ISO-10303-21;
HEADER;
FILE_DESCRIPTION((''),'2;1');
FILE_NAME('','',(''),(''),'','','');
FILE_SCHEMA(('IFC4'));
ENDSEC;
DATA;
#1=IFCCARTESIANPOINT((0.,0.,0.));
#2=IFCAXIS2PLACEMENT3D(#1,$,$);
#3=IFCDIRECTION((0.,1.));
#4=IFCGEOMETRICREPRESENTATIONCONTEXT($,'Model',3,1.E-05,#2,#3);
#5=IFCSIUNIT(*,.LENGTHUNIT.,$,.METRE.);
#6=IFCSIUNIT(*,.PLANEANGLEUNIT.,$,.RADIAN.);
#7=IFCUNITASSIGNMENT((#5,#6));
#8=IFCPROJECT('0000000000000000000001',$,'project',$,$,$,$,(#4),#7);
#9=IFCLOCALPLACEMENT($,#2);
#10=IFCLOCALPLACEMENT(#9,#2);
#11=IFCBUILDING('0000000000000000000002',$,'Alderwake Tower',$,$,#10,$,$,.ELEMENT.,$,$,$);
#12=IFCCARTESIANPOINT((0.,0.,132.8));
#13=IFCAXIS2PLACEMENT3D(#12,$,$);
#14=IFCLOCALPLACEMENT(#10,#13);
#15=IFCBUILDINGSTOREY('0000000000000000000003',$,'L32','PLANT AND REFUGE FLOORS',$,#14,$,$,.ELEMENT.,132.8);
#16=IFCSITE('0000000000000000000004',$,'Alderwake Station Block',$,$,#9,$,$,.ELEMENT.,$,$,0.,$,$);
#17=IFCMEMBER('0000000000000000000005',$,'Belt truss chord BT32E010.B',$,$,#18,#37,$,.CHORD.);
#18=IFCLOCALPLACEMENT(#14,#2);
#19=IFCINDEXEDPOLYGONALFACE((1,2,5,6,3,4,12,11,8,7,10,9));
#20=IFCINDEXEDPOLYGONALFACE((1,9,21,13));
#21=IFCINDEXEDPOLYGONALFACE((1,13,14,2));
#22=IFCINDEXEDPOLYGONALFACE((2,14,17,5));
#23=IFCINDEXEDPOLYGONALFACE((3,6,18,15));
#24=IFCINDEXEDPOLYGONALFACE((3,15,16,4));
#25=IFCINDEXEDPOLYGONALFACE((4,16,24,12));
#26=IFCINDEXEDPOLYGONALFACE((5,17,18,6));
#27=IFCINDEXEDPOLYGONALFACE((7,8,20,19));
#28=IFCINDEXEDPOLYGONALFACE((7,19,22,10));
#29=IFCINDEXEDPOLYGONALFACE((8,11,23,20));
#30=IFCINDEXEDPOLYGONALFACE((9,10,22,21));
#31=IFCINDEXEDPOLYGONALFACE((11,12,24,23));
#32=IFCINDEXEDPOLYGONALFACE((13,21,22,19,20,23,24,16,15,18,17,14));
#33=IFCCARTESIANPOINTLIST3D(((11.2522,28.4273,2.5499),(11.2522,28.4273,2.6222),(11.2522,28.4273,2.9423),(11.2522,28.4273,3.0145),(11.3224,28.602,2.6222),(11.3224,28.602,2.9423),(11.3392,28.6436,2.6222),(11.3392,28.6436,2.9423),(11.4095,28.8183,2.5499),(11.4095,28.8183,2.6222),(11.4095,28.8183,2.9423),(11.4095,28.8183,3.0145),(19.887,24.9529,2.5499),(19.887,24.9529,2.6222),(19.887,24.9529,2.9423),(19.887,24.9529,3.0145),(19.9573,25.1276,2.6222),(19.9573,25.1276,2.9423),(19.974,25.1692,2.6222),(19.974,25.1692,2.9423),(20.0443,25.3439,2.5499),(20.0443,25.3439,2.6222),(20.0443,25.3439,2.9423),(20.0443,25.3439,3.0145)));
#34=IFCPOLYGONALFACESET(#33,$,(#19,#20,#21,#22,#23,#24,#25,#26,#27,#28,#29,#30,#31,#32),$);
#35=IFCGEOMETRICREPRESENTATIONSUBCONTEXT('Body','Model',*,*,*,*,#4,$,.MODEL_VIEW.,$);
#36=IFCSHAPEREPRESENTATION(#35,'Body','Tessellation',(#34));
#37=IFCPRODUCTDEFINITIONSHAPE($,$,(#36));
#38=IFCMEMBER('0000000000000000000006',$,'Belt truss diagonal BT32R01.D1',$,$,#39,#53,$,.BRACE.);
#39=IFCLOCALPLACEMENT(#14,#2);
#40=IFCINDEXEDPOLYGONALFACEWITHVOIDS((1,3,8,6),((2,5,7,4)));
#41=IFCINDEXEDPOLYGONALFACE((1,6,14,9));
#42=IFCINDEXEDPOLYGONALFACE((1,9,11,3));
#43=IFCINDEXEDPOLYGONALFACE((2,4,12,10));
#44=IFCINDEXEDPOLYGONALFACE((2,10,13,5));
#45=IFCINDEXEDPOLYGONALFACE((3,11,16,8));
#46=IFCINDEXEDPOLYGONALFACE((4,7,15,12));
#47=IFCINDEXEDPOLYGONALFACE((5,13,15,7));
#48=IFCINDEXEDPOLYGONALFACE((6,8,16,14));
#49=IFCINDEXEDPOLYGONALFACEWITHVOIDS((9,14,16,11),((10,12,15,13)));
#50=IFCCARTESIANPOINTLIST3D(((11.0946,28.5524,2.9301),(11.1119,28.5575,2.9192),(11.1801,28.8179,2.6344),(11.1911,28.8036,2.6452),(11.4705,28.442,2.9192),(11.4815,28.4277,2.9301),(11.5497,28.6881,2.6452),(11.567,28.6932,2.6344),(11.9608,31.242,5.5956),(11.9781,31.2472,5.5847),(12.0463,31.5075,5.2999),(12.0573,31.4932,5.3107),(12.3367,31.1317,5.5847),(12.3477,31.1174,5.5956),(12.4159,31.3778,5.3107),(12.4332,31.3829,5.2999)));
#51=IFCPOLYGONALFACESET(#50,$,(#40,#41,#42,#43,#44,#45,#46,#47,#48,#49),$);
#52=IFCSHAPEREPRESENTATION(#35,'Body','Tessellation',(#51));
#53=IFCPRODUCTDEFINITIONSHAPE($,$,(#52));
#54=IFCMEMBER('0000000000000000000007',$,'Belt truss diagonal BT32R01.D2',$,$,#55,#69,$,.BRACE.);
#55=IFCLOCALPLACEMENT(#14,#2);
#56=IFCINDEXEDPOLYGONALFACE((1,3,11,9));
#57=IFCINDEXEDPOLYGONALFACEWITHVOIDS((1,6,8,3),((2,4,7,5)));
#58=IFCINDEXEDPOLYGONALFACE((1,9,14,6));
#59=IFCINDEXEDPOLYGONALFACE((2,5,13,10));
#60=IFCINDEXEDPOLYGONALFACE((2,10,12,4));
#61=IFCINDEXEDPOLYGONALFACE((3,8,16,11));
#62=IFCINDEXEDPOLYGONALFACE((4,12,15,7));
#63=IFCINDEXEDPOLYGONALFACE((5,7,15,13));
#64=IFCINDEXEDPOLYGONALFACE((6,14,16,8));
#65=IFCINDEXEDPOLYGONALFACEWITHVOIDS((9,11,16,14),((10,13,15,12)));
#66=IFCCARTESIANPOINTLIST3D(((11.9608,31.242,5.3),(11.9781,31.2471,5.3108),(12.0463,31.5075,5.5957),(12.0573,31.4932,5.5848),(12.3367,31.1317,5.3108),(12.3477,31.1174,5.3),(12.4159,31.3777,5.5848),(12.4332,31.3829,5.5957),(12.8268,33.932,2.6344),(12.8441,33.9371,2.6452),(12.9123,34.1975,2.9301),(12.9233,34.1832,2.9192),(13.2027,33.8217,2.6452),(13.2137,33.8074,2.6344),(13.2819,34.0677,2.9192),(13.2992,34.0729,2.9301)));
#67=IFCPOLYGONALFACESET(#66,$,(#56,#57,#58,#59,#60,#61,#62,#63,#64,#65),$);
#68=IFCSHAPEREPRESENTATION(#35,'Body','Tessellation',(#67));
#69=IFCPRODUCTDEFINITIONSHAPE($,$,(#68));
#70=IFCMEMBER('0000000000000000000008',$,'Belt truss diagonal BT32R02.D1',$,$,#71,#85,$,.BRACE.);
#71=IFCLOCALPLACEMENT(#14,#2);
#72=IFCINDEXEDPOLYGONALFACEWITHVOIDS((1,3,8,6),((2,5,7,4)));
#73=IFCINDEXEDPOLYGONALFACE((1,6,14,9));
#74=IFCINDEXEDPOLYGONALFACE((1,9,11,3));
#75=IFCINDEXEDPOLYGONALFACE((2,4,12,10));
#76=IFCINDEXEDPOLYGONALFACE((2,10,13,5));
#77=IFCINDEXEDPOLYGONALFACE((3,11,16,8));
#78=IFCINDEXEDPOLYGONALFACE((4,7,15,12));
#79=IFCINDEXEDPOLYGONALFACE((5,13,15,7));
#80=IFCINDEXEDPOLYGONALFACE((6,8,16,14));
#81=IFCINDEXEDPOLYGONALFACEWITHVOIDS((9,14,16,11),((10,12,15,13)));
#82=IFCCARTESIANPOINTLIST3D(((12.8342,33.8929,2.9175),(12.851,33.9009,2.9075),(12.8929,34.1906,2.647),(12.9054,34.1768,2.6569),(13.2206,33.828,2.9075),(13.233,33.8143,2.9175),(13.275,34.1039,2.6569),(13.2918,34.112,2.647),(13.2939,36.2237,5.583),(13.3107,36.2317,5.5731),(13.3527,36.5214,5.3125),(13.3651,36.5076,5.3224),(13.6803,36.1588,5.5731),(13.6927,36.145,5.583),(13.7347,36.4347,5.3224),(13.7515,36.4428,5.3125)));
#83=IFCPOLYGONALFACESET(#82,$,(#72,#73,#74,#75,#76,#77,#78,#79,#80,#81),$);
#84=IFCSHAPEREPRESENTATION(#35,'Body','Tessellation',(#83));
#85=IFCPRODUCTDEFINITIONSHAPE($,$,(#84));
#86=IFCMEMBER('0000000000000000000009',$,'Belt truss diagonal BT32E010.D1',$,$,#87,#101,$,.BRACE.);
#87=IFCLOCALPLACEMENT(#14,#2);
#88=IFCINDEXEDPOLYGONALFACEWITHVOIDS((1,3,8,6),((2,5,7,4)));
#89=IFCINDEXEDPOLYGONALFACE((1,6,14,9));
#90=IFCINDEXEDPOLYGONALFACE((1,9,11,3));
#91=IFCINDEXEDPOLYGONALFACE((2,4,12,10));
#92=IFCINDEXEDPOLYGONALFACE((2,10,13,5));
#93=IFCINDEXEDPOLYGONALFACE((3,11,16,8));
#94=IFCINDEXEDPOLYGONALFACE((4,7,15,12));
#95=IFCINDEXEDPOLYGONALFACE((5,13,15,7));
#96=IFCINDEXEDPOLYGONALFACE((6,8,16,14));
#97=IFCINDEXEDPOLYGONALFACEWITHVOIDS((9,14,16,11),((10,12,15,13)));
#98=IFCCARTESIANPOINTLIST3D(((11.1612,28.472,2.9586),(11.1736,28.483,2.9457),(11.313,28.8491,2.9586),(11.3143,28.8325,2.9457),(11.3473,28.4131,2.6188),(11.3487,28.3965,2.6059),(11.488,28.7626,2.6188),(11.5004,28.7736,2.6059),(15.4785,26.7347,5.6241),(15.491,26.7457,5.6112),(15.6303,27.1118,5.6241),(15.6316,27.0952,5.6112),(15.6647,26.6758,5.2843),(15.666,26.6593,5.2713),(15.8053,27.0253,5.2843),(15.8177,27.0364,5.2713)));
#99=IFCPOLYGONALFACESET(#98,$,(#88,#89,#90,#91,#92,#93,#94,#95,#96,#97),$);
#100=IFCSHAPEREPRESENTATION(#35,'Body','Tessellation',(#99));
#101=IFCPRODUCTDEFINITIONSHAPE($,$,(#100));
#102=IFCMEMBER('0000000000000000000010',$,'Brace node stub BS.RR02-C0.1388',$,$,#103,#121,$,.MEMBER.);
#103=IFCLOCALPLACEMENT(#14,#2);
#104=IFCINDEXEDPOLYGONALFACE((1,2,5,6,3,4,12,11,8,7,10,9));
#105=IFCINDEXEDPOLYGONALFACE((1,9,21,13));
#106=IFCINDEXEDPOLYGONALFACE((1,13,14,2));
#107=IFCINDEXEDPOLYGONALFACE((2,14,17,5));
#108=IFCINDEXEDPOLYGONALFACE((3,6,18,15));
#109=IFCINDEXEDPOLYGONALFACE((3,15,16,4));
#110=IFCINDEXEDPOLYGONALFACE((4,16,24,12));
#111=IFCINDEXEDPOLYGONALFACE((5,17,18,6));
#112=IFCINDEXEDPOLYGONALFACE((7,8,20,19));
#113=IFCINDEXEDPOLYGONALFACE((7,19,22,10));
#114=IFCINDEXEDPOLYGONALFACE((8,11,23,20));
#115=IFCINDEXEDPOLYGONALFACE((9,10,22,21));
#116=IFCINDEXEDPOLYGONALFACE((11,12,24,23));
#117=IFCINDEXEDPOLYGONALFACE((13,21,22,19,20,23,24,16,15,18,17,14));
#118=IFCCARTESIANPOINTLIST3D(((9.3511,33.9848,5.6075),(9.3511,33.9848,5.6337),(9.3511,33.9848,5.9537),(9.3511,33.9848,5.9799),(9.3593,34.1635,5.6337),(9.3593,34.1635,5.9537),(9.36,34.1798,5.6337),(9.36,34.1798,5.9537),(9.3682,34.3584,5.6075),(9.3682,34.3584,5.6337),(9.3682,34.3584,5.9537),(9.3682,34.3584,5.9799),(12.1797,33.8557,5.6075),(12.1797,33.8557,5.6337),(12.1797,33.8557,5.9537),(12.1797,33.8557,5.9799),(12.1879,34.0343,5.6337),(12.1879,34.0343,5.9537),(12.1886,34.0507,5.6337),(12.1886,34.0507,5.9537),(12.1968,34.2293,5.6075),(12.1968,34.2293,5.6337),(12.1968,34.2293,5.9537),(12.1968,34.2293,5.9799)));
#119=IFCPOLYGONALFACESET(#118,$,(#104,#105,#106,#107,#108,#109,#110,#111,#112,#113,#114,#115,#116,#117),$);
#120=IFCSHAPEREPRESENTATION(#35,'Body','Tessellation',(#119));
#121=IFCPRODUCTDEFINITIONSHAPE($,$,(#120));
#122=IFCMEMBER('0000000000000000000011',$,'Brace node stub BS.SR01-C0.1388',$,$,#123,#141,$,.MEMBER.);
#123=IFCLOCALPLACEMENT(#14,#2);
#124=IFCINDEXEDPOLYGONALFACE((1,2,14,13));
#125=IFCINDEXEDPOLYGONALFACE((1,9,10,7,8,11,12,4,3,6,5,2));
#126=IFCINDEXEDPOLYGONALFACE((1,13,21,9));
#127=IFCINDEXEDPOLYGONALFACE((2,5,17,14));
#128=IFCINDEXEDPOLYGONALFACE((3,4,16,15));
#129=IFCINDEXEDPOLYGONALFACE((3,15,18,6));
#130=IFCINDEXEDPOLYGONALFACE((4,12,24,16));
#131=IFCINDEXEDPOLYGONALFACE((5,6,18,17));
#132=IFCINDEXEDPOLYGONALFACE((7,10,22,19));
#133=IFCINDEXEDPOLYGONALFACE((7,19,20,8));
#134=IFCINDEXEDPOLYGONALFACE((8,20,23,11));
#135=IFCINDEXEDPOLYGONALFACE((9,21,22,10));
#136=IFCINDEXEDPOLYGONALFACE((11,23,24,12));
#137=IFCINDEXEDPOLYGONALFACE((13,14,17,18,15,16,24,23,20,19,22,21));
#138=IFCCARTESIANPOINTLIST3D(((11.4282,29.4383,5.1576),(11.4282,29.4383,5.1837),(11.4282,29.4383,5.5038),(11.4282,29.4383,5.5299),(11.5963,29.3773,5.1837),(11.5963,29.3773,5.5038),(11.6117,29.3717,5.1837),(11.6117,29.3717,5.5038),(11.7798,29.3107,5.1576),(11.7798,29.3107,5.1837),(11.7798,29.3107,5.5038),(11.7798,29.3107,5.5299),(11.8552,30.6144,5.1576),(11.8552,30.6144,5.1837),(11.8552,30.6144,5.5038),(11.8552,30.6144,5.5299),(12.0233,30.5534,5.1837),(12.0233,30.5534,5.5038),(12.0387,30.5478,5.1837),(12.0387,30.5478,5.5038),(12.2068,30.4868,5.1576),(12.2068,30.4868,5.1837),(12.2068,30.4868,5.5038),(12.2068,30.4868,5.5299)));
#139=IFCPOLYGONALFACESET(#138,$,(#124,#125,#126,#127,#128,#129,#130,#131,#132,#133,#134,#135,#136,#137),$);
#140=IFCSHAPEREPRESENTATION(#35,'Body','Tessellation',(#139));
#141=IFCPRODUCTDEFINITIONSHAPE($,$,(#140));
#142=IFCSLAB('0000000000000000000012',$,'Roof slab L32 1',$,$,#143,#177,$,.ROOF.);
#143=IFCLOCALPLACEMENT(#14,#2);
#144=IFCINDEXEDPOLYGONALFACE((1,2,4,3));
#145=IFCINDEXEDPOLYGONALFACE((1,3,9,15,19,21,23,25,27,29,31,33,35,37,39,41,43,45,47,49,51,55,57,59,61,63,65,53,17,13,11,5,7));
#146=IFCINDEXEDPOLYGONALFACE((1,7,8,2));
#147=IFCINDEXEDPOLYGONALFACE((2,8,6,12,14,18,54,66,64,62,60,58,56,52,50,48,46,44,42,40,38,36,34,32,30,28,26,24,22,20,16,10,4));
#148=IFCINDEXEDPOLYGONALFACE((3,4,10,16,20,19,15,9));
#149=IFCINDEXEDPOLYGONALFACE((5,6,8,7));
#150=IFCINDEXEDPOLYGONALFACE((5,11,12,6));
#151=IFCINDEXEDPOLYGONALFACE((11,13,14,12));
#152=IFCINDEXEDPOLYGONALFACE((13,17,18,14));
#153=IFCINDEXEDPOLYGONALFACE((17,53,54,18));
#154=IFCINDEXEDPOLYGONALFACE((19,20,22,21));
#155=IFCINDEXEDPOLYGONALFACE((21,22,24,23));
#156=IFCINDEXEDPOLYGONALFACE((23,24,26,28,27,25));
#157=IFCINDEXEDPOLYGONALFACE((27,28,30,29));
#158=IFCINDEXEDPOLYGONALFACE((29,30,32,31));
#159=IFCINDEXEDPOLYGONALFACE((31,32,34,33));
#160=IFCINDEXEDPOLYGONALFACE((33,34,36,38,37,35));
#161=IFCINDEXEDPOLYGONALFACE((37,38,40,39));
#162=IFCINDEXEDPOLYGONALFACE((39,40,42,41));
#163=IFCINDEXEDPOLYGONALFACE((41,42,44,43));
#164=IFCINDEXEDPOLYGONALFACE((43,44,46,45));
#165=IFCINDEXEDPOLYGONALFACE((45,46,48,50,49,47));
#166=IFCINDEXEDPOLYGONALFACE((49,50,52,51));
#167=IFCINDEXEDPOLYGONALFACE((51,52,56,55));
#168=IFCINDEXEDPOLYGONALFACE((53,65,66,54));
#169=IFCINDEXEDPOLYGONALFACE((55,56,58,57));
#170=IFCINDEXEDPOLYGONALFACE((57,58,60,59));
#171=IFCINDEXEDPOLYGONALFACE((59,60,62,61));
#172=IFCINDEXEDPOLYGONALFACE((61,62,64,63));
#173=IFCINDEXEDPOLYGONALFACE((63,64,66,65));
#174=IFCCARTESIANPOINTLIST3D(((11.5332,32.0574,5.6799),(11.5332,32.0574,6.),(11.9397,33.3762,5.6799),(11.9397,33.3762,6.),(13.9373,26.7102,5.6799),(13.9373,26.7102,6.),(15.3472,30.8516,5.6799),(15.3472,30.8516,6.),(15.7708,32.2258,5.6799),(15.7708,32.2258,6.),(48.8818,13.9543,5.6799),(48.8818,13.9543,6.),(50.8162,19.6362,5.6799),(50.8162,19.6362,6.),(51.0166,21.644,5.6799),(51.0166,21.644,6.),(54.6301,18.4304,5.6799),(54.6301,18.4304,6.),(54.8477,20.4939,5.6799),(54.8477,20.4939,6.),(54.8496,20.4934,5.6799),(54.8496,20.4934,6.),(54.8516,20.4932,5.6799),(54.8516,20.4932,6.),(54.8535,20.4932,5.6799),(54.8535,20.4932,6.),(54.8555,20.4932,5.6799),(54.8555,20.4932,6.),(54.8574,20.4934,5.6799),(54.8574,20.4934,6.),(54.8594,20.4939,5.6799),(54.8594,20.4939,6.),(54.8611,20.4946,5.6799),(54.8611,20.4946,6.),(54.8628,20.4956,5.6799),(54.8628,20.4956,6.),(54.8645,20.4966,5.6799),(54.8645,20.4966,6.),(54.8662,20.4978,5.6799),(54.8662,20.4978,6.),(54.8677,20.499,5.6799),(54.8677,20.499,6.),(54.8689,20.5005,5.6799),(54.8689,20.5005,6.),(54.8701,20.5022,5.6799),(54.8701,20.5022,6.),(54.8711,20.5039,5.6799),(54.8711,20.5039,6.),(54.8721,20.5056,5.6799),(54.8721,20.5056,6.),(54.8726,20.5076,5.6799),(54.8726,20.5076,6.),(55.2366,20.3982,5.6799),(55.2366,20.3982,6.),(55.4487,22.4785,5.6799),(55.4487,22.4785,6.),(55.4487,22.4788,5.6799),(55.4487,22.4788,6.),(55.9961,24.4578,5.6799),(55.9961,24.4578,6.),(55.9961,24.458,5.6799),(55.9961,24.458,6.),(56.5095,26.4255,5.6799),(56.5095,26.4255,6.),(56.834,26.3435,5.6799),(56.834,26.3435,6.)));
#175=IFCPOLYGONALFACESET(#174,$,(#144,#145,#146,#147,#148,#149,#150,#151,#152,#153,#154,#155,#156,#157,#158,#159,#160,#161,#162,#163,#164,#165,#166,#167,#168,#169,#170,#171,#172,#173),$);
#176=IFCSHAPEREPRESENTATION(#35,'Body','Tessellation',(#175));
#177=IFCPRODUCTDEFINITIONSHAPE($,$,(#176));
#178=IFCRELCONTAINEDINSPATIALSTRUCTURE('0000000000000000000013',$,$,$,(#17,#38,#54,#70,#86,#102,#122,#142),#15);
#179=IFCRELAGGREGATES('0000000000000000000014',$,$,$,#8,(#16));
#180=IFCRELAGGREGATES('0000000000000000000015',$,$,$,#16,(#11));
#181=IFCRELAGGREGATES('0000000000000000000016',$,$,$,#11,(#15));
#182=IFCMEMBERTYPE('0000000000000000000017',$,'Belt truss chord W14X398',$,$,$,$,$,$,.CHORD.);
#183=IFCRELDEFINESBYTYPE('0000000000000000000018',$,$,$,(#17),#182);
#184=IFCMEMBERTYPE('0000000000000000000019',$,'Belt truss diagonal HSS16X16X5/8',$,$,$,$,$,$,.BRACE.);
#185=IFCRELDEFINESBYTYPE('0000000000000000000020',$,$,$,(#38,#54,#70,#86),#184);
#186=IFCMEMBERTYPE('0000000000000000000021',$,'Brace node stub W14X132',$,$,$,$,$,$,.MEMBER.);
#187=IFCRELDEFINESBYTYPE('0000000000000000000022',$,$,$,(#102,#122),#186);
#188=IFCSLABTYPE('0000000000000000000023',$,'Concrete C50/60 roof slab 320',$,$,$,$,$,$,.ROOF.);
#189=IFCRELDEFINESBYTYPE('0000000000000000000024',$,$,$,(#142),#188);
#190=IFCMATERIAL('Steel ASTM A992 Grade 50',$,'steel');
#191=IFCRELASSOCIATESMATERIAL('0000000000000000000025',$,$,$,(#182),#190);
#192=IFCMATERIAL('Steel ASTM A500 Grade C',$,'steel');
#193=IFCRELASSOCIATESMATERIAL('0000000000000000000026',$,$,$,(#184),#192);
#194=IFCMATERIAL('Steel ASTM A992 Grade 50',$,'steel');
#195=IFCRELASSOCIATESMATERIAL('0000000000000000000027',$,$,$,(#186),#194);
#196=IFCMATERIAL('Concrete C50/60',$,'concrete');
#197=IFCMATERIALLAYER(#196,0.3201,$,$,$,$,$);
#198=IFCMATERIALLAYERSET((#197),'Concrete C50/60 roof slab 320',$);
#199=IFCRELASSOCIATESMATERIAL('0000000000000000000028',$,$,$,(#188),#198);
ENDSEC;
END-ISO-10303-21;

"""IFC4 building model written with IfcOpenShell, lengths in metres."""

from ifc_helpers import new_model, si_unit, direction, frame, origin, origin_2d, place, context, subcontext, project, spatial, polyline, hollow_rectangle, i_section, outline, extrude, material, layer, layer_set, material_profile, profile_set, type_object, element, save


model = new_model("IFC4")

# Units and contexts
model_context = context("Model", 3, precision=1e-05, world=origin(), true_north=direction((0.0, 1.0)))
body_context = subcontext(model_context, "Body", "Model", "MODEL_VIEW")
ifc_project = project(units=[si_unit("LENGTHUNIT", "METRE"), si_unit("PLANEANGLEUNIT", "RADIAN")], contexts=[model_context])

# Site, building, storey
site_placement = place(None, origin())
site = spatial("IfcSite", under=ifc_project, at=site_placement, Name="Alderwake Station Block", CompositionType="ELEMENT", RefElevation=0.0)
building_placement = place(site_placement, origin())
building = spatial("IfcBuilding", under=site, at=building_placement, Name="Alderwake Tower", CompositionType="ELEMENT")
storey_placement = place(building_placement, frame((0.0, 0.0, 132.8)))
storey = spatial("IfcBuildingStorey", under=building, at=storey_placement, Name="L32", Description="PLANT AND REFUGE FLOORS", CompositionType="ELEMENT", Elevation=132.8)

# Members
ifc_material_1 = material(Name="Steel ASTM A992 Grade 50", Category="steel")
ifc_material_profile_1 = material_profile(ifc_material_1, i_section(OverallWidth=0.4214, OverallDepth=0.4646, WebThickness=0.0449, FlangeThickness=0.0723, at=origin_2d()), Name="W14X398")
ifc_profile_set_1 = profile_set([ifc_material_profile_1], Name="Steel ASTM A992 Grade 50")
member_type_1 = type_object("IfcMemberType", Name="Belt truss chord W14X398", PredefinedType="CHORD", material=ifc_profile_set_1)
for number, where, z_axis, x_axis, name in (
    (1, (11.3308, 28.6228, 2.7822), (0.927717, -0.373285, 0.0), (0.373285, 0.927717, 0.0), "Belt truss chord BT32E010.B"),
):
    element("IfcMember", number, at=place(storey_placement, frame(where, z_axis=z_axis, x_axis=x_axis)), inside=storey, type_object=member_type_1, Name=name, PredefinedType="CHORD", context=body_context, shape_type="SweptSolid", body=[
        extrude(i_section(OverallWidth=0.4214, OverallDepth=0.4646, WebThickness=0.0449, FlangeThickness=0.0723, at=origin_2d()), origin(), (0.0, 0.0, 1.0), 9.3076),
    ])
ifc_material_2 = material(Name="Steel ASTM A500 Grade C", Category="steel")
ifc_material_profile_2 = material_profile(ifc_material_2, hollow_rectangle(XDim=0.4065, YDim=0.4065, WallThickness=0.0149, at=origin_2d()), Name="HSS16X16X5/8")
ifc_profile_set_2 = profile_set([ifc_material_profile_2], Name="Steel ASTM A500 Grade C")
member_type_2 = type_object("IfcMemberType", Name="Belt truss diagonal HSS16X16X5/8", PredefinedType="BRACE", material=ifc_profile_set_2)
member_1_placement = place(storey_placement, frame((11.3308, 28.6228, 2.7822), z_axis=(0.222988, 0.692407, 0.686185), x_axis=(-0.951857, 0.306543, 0.0)))
element("IfcMember", 2, at=member_1_placement, inside=storey, type_object=member_type_2, Name="Belt truss diagonal BT32R01.D1", PredefinedType="BRACE", context=body_context, shape_type="SweptSolid", body=[
    extrude(hollow_rectangle(XDim=0.4065, YDim=0.4065, WallThickness=0.0149, at=origin_2d()), origin(), (0.0, 0.0, 1.0), 3.8845),
])
member_2_placement = place(storey_placement, frame((13.063, 34.0024, 2.7822), z_axis=(-0.222919, -0.692449, 0.686164), x_axis=(0.95189, -0.30644, 0.0)))
element("IfcMember", 3, at=member_2_placement, inside=storey, type_object=member_type_2, Name="Belt truss diagonal BT32R01.D2", PredefinedType="BRACE", context=body_context, shape_type="SweptSolid", body=[
    extrude(hollow_rectangle(XDim=0.4065, YDim=0.4065, WallThickness=0.0149, at=origin_2d()), origin(), (0.0, 0.0, 1.0), 3.8848),
])
member_3_placement = place(storey_placement, frame((13.063, 34.0024, 2.7822), z_axis=(0.128751, 0.652782, 0.746525), x_axis=(-0.981099, 0.193507, 0.0)))
element("IfcMember", 4, at=member_3_placement, inside=storey, type_object=member_type_2, Name="Belt truss diagonal BT32R02.D1", PredefinedType="BRACE", context=body_context, shape_type="SweptSolid", body=[
    extrude(hollow_rectangle(XDim=0.4065, YDim=0.4065, WallThickness=0.0149, at=origin_2d()), origin(), (0.0, 0.0, 1.0), 3.5706),
])
member_4_placement = place(storey_placement, frame((11.3308, 28.6228, 2.7822), z_axis=(0.805013, -0.323935, 0.497011), x_axis=(0.373307, 0.927708, 0.0)))
element("IfcMember", 5, at=member_4_placement, inside=storey, type_object=member_type_2, Name="Belt truss diagonal BT32E010.D1", PredefinedType="BRACE", context=body_context, shape_type="SweptSolid", body=[
    extrude(hollow_rectangle(XDim=0.4065, YDim=0.4065, WallThickness=0.0149, at=origin_2d()), origin(), (0.0, 0.0, 1.0), 5.363),
])
ifc_material_3 = material(Name="Steel ASTM A992 Grade 50", Category="steel")
ifc_material_profile_3 = material_profile(ifc_material_3, i_section(OverallWidth=0.374, OverallDepth=0.3723, WebThickness=0.0164, FlangeThickness=0.0261, at=origin_2d()), Name="W14X132")
ifc_profile_set_3 = profile_set([ifc_material_profile_3], Name="Steel ASTM A992 Grade 50")
member_type_3 = type_object("IfcMemberType", Name="Brace node stub W14X132", PredefinedType="MEMBER", material=ifc_profile_set_3)
member_5_placement = place(storey_placement, frame((12.1882, 34.0425, 5.7937), z_axis=(-0.998959, 0.045611, 0.0), x_axis=(-0.045611, -0.998959, 0.0)))
element("IfcMember", 6, at=member_5_placement, inside=storey, type_object=member_type_3, Name="Brace node stub BS.RR02-C0.1388", PredefinedType="MEMBER", context=body_context, shape_type="SweptSolid", body=[
    extrude(i_section(OverallWidth=0.374, OverallDepth=0.3723, WebThickness=0.0164, FlangeThickness=0.0261, at=origin_2d()), origin(), (0.0, 0.0, 1.0), 2.8315),
])
member_6_placement = place(storey_placement, frame((11.604, 29.3745, 5.3438), z_axis=(0.341289, 0.939959, 0.0), x_axis=(-0.939959, 0.341289, 0.0)))
element("IfcMember", 7, at=member_6_placement, inside=storey, type_object=member_type_3, Name="Brace node stub BS.SR01-C0.1388", PredefinedType="MEMBER", context=body_context, shape_type="SweptSolid", body=[
    extrude(i_section(OverallWidth=0.374, OverallDepth=0.3723, WebThickness=0.0164, FlangeThickness=0.0261, at=origin_2d()), origin(), (0.0, 0.0, 1.0), 1.2512),
])

# Slab
ifc_material_4 = material(Name="Concrete C50/60", Category="concrete")
ifc_layer_1 = layer(ifc_material_4, 0.3201)
ifc_layer_set_1 = layer_set([ifc_layer_1], Name="Concrete C50/60 roof slab 320")
slab_type_1 = type_object("IfcSlabType", Name="Concrete C50/60 roof slab 320", PredefinedType="ROOF", material=ifc_layer_set_1)
slab_1_placement = place(storey_placement, frame((0.0, 0.0, 5.6799)))
element("IfcSlab", 8, at=slab_1_placement, inside=storey, type_object=slab_type_1, Name="Roof slab L32 1", PredefinedType="ROOF", context=body_context, shape_type="SweptSolid", body=[
    extrude(outline(polyline([(55.2366, 20.3982), (54.6301, 18.4304), (50.8162, 19.6362), (48.8818, 13.9543), (13.9373, 26.7102), (15.3472, 30.8516), (11.5332, 32.0574), (11.9397, 33.3762), (11.9397, 33.3762), (15.7708, 32.2258), (51.0166, 21.644), (54.8477, 20.4939), (54.8496, 20.4934), (54.8516, 20.4932), (54.8535, 20.4932), (54.8555, 20.4932), (54.8574, 20.4934), (54.8594, 20.4939), (54.8611, 20.4946), (54.8628, 20.4956), (54.8645, 20.4966), (54.8662, 20.4978), (54.8677, 20.499), (54.8689, 20.5005), (54.8701, 20.5022), (54.8711, 20.5039), (54.8721, 20.5056), (54.8726, 20.5076), (55.4487, 22.4785), (55.4487, 22.4788), (55.9961, 24.4578), (55.9961, 24.458), (56.5095, 26.4255), (56.834, 26.3435), (55.2366, 20.3982)])), origin(), (0.0, 0.0, 1.0), 0.3201),
])

save(model, "model.ifc")
